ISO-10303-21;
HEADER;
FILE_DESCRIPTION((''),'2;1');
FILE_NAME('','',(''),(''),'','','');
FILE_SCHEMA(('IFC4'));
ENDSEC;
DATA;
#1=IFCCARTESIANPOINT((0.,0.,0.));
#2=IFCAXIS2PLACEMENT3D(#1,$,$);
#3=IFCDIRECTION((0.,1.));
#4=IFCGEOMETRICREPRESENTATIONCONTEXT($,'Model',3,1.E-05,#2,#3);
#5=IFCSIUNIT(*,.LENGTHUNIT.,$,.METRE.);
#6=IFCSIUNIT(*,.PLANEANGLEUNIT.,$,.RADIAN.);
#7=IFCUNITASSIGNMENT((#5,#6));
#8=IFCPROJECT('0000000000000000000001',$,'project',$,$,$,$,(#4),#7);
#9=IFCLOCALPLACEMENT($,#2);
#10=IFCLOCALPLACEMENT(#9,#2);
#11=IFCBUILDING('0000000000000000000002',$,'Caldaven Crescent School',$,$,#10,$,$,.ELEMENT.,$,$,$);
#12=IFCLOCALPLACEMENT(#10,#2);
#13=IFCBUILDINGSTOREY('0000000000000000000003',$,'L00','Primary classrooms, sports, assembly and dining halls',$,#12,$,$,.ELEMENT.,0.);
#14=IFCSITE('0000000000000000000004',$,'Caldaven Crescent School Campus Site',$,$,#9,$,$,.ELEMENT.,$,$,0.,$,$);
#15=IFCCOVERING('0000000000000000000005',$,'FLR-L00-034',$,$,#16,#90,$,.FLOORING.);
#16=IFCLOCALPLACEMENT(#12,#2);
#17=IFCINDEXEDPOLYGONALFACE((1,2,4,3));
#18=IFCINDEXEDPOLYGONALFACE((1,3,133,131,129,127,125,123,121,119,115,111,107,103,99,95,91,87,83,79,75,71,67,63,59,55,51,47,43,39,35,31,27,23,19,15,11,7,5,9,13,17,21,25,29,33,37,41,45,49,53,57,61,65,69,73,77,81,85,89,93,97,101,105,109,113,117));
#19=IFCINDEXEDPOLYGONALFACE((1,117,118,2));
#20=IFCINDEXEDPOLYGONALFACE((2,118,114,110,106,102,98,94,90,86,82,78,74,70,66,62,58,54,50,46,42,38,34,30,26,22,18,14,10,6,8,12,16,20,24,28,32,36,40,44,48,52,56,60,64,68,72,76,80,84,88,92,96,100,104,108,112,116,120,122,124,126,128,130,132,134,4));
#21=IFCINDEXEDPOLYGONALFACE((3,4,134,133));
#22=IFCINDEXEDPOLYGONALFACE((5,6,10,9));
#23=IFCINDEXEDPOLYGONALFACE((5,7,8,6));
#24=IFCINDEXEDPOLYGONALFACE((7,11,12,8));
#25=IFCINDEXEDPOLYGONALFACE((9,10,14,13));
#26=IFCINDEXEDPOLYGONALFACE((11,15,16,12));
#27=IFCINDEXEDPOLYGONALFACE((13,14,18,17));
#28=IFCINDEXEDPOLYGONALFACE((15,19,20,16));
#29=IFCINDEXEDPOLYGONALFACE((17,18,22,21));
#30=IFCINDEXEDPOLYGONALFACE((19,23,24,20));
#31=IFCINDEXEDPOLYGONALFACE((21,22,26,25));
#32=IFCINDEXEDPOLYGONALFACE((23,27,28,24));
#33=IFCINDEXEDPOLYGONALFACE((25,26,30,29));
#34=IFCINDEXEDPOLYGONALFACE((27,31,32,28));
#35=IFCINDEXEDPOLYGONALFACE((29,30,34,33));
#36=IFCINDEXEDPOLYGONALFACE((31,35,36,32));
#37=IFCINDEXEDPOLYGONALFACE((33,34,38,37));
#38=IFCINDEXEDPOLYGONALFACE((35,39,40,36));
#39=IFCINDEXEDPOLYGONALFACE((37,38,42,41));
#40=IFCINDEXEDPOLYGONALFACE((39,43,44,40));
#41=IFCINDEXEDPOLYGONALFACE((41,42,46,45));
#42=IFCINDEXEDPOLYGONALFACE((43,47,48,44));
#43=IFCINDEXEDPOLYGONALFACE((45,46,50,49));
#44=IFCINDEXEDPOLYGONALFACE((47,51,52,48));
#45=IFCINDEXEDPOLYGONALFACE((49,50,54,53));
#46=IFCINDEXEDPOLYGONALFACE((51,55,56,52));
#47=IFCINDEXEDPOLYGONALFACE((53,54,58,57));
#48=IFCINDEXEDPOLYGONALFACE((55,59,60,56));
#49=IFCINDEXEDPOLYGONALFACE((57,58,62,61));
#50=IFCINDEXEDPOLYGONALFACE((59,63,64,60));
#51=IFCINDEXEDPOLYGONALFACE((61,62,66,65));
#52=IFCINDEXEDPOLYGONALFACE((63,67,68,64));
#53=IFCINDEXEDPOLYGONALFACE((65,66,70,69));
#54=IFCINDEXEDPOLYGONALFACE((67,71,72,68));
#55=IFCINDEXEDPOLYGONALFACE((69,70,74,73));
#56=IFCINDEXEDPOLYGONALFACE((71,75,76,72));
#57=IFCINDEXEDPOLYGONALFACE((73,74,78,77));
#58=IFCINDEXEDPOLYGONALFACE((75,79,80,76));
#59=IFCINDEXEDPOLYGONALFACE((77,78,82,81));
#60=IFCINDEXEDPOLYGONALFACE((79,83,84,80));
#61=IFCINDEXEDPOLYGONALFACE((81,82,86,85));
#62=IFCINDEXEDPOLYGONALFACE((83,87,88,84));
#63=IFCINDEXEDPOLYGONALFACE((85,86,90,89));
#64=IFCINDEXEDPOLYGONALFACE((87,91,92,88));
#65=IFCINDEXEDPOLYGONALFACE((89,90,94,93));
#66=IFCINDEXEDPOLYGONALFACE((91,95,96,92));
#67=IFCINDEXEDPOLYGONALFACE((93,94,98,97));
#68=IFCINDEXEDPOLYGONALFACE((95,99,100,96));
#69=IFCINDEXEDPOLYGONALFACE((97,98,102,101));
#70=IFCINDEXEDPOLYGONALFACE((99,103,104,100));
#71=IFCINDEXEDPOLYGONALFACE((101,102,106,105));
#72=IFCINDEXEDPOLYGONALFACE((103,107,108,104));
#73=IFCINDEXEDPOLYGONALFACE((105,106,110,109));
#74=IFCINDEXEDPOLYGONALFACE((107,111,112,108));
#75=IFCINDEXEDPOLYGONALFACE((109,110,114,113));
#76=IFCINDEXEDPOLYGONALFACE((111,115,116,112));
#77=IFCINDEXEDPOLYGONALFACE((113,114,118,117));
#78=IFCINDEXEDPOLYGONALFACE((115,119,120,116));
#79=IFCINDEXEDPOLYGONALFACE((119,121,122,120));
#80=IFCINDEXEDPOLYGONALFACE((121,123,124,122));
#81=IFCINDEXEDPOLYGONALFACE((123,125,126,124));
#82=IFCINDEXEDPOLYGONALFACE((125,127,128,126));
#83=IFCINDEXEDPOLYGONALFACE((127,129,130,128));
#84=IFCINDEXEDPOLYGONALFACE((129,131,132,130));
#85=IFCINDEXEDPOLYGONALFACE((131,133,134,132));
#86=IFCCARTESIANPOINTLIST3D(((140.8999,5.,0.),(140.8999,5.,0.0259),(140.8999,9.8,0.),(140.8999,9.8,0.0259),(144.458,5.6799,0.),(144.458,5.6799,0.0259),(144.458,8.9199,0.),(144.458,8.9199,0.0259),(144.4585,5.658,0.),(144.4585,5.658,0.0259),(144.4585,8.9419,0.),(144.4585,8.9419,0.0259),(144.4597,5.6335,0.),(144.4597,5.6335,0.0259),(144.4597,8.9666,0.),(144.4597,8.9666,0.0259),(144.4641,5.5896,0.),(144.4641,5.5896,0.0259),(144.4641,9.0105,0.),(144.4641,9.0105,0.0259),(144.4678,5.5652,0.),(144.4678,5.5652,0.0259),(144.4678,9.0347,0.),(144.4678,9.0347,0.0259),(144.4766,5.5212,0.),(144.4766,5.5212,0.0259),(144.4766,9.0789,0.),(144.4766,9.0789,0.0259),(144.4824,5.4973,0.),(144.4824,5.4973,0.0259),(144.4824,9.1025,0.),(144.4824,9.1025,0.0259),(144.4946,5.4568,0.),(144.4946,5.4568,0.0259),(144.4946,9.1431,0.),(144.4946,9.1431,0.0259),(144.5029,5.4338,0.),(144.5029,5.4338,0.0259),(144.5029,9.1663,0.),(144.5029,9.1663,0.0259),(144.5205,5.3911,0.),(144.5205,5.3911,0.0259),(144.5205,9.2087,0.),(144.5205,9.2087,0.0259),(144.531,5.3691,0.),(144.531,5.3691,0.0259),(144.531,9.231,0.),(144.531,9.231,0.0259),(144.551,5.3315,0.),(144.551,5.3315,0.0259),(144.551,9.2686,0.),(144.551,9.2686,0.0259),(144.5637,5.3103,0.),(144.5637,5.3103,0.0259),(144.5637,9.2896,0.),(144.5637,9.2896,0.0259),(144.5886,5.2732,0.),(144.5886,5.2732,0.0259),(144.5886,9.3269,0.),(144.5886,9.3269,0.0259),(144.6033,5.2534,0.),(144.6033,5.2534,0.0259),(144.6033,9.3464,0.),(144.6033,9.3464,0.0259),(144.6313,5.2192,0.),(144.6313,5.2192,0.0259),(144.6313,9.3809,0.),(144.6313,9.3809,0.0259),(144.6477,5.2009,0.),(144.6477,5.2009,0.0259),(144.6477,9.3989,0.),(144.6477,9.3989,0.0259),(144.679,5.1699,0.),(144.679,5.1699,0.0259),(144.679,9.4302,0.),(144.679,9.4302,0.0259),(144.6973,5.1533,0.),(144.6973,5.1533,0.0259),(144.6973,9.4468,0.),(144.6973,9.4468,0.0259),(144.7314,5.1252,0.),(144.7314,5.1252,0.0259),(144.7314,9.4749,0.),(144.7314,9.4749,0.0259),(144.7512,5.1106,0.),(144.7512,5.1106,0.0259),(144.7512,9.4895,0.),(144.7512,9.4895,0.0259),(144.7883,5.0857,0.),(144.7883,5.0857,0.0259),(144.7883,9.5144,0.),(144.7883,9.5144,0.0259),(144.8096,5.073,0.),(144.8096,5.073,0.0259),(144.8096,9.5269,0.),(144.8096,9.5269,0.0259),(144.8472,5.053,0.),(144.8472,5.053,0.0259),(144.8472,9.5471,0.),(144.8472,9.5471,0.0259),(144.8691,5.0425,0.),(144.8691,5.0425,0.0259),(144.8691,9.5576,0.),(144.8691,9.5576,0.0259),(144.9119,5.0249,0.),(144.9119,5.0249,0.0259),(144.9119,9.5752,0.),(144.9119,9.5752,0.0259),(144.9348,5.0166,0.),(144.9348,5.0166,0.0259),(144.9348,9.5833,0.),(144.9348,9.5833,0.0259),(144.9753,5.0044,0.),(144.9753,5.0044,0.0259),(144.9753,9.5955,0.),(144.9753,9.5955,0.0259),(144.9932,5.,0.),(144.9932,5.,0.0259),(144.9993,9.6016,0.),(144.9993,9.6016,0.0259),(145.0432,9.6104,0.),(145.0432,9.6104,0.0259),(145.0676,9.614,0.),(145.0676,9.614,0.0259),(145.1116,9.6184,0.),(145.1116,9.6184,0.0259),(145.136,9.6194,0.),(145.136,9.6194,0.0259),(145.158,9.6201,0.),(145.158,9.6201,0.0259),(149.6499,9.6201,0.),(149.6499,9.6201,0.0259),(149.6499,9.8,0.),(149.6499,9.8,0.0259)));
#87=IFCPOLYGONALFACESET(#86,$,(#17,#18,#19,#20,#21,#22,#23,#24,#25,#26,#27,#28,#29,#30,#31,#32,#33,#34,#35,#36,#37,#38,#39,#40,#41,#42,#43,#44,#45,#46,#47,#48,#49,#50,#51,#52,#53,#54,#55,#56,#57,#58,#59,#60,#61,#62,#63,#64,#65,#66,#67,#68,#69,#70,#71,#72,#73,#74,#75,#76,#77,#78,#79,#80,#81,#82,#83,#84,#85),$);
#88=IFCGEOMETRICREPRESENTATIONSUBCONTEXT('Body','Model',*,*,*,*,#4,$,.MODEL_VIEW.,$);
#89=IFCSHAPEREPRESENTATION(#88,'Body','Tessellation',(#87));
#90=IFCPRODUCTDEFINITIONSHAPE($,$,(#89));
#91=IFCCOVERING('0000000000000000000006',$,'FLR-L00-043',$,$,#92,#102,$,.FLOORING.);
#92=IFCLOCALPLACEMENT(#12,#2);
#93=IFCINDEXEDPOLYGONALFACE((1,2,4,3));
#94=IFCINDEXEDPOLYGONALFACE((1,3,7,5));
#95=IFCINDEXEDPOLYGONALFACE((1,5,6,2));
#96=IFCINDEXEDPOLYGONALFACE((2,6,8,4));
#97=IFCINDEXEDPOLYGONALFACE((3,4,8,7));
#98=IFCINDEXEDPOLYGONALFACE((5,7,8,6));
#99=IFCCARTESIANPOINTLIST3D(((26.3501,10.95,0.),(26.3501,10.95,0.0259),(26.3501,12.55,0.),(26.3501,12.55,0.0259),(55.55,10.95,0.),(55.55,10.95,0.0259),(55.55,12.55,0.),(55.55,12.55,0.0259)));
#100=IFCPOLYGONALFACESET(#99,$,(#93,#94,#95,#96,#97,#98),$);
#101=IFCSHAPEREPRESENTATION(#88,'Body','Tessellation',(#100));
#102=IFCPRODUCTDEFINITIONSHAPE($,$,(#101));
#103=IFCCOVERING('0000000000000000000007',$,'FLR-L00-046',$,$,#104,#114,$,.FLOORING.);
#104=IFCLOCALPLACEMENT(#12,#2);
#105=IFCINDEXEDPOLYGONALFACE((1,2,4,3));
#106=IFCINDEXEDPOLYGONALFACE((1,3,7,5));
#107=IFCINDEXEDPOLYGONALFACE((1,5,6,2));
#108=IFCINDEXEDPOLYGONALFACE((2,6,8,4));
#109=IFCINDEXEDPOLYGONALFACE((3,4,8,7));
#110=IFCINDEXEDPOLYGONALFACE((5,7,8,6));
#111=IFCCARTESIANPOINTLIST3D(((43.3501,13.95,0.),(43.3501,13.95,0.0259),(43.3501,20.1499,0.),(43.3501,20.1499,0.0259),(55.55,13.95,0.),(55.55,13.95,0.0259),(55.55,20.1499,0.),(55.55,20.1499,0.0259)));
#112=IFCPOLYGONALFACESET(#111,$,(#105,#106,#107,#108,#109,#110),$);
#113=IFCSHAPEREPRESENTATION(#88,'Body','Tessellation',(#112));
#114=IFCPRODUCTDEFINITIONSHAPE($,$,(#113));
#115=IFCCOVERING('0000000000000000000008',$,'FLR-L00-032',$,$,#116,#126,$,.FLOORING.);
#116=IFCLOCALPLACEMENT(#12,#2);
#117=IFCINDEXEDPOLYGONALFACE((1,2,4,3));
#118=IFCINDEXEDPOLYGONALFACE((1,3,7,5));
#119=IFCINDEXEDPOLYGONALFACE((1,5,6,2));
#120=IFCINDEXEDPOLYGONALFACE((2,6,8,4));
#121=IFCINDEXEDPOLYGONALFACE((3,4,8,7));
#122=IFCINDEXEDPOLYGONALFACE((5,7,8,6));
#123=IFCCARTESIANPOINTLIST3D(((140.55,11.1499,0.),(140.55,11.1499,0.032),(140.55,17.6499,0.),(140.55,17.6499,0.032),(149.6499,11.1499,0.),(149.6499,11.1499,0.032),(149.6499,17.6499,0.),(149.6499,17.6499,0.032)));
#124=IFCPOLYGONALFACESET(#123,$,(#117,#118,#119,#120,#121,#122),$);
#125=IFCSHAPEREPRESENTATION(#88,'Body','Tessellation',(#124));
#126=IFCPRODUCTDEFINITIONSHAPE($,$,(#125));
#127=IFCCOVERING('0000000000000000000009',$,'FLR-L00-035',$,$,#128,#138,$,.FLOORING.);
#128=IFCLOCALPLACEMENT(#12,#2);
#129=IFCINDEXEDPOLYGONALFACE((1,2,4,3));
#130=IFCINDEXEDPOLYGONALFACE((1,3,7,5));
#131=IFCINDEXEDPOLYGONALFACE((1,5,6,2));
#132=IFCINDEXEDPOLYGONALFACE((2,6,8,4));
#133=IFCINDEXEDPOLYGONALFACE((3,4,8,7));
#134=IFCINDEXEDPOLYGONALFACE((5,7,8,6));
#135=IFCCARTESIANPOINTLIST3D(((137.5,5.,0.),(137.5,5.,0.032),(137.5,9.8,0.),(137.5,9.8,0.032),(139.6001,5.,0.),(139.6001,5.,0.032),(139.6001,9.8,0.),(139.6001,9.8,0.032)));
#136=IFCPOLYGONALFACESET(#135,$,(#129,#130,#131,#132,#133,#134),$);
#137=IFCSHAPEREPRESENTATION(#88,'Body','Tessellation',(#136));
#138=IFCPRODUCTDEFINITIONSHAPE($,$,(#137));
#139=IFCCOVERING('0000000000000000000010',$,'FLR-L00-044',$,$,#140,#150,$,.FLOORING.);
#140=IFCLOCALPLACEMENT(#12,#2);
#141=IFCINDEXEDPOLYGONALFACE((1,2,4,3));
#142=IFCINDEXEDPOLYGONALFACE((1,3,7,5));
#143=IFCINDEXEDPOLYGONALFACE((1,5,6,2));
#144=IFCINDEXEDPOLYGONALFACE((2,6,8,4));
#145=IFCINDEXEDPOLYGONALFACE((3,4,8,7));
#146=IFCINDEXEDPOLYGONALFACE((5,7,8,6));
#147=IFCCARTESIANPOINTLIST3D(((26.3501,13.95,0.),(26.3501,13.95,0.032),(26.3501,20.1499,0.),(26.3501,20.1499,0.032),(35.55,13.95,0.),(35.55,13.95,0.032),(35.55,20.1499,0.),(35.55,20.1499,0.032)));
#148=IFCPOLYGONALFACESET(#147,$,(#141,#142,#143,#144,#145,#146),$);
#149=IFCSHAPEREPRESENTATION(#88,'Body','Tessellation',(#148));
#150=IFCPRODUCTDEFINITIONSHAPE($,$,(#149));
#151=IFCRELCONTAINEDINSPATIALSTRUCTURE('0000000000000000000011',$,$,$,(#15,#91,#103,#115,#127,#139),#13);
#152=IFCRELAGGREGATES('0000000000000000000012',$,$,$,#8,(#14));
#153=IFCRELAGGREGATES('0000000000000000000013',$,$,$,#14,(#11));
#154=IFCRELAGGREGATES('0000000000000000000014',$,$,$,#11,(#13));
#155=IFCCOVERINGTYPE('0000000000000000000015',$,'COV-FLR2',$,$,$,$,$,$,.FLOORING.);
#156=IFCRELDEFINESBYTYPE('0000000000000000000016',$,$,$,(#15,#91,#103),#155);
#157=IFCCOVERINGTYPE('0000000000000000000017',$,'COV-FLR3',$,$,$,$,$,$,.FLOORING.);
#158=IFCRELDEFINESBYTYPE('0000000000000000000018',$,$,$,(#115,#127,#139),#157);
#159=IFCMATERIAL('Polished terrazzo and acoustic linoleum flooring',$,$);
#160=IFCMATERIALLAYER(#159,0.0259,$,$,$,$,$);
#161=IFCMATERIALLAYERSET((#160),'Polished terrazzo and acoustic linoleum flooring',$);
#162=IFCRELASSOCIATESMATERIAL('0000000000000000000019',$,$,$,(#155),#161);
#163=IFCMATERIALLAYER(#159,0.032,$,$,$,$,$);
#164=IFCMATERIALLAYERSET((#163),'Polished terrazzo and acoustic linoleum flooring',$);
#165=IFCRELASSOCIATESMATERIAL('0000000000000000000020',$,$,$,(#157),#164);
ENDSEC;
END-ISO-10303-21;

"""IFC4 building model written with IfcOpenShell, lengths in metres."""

from ifc_helpers import new_model, si_unit, direction, origin, place, context, subcontext, project, spatial, polyline, outline, extrude, material, layer, layer_set, type_object, element, save


model = new_model("IFC4")

# Units and contexts
model_context = context("Model", 3, precision=1e-05, world=origin(), true_north=direction((0.0, 1.0)))
body_context = subcontext(model_context, "Body", "Model", "MODEL_VIEW")
ifc_project = project(units=[si_unit("LENGTHUNIT", "METRE"), si_unit("PLANEANGLEUNIT", "RADIAN")], contexts=[model_context])

# Site, building, storey
site_placement = place(None, origin())
site = spatial("IfcSite", under=ifc_project, at=site_placement, Name="Caldaven Crescent School Campus Site", CompositionType="ELEMENT", RefElevation=0.0)
building_placement = place(site_placement, origin())
building = spatial("IfcBuilding", under=site, at=building_placement, Name="Caldaven Crescent School", CompositionType="ELEMENT")
storey_placement = place(building_placement, origin())
storey = spatial("IfcBuildingStorey", under=building, at=storey_placement, Name="L00", Description="Primary classrooms, sports, assembly and dining halls", CompositionType="ELEMENT", Elevation=0.0)

# Coverings
ifc_material_1 = material(Name="Polished terrazzo and acoustic linoleum flooring")
ifc_layer_1 = layer(ifc_material_1, 0.0259)
ifc_layer_set_1 = layer_set([ifc_layer_1], Name="Polished terrazzo and acoustic linoleum flooring")
covering_type_1 = type_object("IfcCoveringType", Name="COV-FLR2", PredefinedType="FLOORING", material=ifc_layer_set_1)
covering_1_placement = place(storey_placement, origin())
element("IfcCovering", 1, at=covering_1_placement, inside=storey, type_object=covering_type_1, Name="FLR-L00-034", PredefinedType="FLOORING", context=body_context, shape_type="SweptSolid", body=[
    extrude(outline(polyline([(144.9932, 5.0), (140.8999, 5.0), (140.8999, 9.8), (149.6499, 9.8), (149.6499, 9.6201), (145.158, 9.6201), (145.136, 9.6194), (145.1116, 9.6184), (145.0676, 9.614), (145.0432, 9.6104), (144.9993, 9.6016), (144.9753, 9.5955), (144.9348, 9.5833), (144.9119, 9.5752), (144.8691, 9.5576), (144.8472, 9.5471), (144.8096, 9.5269), (144.7883, 9.5144), (144.7512, 9.4895), (144.7314, 9.4749), (144.6973, 9.4468), (144.679, 9.4302), (144.6477, 9.3989), (144.6313, 9.3809), (144.6033, 9.3464), (144.5886, 9.3269), (144.5637, 9.2896), (144.551, 9.2686), (144.531, 9.231), (144.5205, 9.2087), (144.5029, 9.1663), (144.4946, 9.1431), (144.4824, 9.1025), (144.4766, 9.0789), (144.4678, 9.0347), (144.4641, 9.0105), (144.4597, 8.9666), (144.4585, 8.9419), (144.458, 8.9199), (144.458, 5.6799), (144.4585, 5.658), (144.4597, 5.6335), (144.4641, 5.5896), (144.4678, 5.5652), (144.4766, 5.5212), (144.4824, 5.4973), (144.4946, 5.4568), (144.5029, 5.4338), (144.5205, 5.3911), (144.531, 5.3691), (144.551, 5.3315), (144.5637, 5.3103), (144.5886, 5.2732), (144.6033, 5.2534), (144.6313, 5.2192), (144.6477, 5.2009), (144.679, 5.1699), (144.6973, 5.1533), (144.7314, 5.1252), (144.7512, 5.1106), (144.7883, 5.0857), (144.8096, 5.073), (144.8472, 5.053), (144.8691, 5.0425), (144.9119, 5.0249), (144.9348, 5.0166), (144.9753, 5.0044), (144.9932, 5.0)])), origin(), (0.0, 0.0, 1.0), 0.0259),
])
covering_2_placement = place(storey_placement, origin())
element("IfcCovering", 2, at=covering_2_placement, inside=storey, type_object=covering_type_1, Name="FLR-L00-043", PredefinedType="FLOORING", context=body_context, shape_type="SweptSolid", body=[
    extrude(outline(polyline([(26.3501, 12.55), (55.55, 12.55), (55.55, 10.95), (26.3501, 10.95), (26.3501, 12.55)])), origin(), (0.0, 0.0, 1.0), 0.0259),
])
covering_3_placement = place(storey_placement, origin())
element("IfcCovering", 3, at=covering_3_placement, inside=storey, type_object=covering_type_1, Name="FLR-L00-046", PredefinedType="FLOORING", context=body_context, shape_type="SweptSolid", body=[
    extrude(outline(polyline([(43.3501, 20.1499), (55.55, 20.1499), (55.55, 13.95), (43.3501, 13.95), (43.3501, 20.1499)])), origin(), (0.0, 0.0, 1.0), 0.0259),
])
ifc_layer_2 = layer(ifc_material_1, 0.032)
ifc_layer_set_2 = layer_set([ifc_layer_2], Name="Polished terrazzo and acoustic linoleum flooring")
covering_type_2 = type_object("IfcCoveringType", Name="COV-FLR3", PredefinedType="FLOORING", material=ifc_layer_set_2)
covering_4_placement = place(storey_placement, origin())
element("IfcCovering", 4, at=covering_4_placement, inside=storey, type_object=covering_type_2, Name="FLR-L00-032", PredefinedType="FLOORING", context=body_context, shape_type="SweptSolid", body=[
    extrude(outline(polyline([(140.55, 17.6499), (149.6499, 17.6499), (149.6499, 11.1499), (140.55, 11.1499), (140.55, 17.6499)])), origin(), (0.0, 0.0, 1.0), 0.032),
])
covering_5_placement = place(storey_placement, origin())
element("IfcCovering", 5, at=covering_5_placement, inside=storey, type_object=covering_type_2, Name="FLR-L00-035", PredefinedType="FLOORING", context=body_context, shape_type="SweptSolid", body=[
    extrude(outline(polyline([(137.5, 9.8), (139.6001, 9.8), (139.6001, 5.0), (137.5, 5.0), (137.5, 9.8)])), origin(), (0.0, 0.0, 1.0), 0.032),
])
covering_6_placement = place(storey_placement, origin())
element("IfcCovering", 6, at=covering_6_placement, inside=storey, type_object=covering_type_2, Name="FLR-L00-044", PredefinedType="FLOORING", context=body_context, shape_type="SweptSolid", body=[
    extrude(outline(polyline([(26.3501, 20.1499), (35.55, 20.1499), (35.55, 13.95), (26.3501, 13.95), (26.3501, 20.1499)])), origin(), (0.0, 0.0, 1.0), 0.032),
])

save(model, "model.ifc")
